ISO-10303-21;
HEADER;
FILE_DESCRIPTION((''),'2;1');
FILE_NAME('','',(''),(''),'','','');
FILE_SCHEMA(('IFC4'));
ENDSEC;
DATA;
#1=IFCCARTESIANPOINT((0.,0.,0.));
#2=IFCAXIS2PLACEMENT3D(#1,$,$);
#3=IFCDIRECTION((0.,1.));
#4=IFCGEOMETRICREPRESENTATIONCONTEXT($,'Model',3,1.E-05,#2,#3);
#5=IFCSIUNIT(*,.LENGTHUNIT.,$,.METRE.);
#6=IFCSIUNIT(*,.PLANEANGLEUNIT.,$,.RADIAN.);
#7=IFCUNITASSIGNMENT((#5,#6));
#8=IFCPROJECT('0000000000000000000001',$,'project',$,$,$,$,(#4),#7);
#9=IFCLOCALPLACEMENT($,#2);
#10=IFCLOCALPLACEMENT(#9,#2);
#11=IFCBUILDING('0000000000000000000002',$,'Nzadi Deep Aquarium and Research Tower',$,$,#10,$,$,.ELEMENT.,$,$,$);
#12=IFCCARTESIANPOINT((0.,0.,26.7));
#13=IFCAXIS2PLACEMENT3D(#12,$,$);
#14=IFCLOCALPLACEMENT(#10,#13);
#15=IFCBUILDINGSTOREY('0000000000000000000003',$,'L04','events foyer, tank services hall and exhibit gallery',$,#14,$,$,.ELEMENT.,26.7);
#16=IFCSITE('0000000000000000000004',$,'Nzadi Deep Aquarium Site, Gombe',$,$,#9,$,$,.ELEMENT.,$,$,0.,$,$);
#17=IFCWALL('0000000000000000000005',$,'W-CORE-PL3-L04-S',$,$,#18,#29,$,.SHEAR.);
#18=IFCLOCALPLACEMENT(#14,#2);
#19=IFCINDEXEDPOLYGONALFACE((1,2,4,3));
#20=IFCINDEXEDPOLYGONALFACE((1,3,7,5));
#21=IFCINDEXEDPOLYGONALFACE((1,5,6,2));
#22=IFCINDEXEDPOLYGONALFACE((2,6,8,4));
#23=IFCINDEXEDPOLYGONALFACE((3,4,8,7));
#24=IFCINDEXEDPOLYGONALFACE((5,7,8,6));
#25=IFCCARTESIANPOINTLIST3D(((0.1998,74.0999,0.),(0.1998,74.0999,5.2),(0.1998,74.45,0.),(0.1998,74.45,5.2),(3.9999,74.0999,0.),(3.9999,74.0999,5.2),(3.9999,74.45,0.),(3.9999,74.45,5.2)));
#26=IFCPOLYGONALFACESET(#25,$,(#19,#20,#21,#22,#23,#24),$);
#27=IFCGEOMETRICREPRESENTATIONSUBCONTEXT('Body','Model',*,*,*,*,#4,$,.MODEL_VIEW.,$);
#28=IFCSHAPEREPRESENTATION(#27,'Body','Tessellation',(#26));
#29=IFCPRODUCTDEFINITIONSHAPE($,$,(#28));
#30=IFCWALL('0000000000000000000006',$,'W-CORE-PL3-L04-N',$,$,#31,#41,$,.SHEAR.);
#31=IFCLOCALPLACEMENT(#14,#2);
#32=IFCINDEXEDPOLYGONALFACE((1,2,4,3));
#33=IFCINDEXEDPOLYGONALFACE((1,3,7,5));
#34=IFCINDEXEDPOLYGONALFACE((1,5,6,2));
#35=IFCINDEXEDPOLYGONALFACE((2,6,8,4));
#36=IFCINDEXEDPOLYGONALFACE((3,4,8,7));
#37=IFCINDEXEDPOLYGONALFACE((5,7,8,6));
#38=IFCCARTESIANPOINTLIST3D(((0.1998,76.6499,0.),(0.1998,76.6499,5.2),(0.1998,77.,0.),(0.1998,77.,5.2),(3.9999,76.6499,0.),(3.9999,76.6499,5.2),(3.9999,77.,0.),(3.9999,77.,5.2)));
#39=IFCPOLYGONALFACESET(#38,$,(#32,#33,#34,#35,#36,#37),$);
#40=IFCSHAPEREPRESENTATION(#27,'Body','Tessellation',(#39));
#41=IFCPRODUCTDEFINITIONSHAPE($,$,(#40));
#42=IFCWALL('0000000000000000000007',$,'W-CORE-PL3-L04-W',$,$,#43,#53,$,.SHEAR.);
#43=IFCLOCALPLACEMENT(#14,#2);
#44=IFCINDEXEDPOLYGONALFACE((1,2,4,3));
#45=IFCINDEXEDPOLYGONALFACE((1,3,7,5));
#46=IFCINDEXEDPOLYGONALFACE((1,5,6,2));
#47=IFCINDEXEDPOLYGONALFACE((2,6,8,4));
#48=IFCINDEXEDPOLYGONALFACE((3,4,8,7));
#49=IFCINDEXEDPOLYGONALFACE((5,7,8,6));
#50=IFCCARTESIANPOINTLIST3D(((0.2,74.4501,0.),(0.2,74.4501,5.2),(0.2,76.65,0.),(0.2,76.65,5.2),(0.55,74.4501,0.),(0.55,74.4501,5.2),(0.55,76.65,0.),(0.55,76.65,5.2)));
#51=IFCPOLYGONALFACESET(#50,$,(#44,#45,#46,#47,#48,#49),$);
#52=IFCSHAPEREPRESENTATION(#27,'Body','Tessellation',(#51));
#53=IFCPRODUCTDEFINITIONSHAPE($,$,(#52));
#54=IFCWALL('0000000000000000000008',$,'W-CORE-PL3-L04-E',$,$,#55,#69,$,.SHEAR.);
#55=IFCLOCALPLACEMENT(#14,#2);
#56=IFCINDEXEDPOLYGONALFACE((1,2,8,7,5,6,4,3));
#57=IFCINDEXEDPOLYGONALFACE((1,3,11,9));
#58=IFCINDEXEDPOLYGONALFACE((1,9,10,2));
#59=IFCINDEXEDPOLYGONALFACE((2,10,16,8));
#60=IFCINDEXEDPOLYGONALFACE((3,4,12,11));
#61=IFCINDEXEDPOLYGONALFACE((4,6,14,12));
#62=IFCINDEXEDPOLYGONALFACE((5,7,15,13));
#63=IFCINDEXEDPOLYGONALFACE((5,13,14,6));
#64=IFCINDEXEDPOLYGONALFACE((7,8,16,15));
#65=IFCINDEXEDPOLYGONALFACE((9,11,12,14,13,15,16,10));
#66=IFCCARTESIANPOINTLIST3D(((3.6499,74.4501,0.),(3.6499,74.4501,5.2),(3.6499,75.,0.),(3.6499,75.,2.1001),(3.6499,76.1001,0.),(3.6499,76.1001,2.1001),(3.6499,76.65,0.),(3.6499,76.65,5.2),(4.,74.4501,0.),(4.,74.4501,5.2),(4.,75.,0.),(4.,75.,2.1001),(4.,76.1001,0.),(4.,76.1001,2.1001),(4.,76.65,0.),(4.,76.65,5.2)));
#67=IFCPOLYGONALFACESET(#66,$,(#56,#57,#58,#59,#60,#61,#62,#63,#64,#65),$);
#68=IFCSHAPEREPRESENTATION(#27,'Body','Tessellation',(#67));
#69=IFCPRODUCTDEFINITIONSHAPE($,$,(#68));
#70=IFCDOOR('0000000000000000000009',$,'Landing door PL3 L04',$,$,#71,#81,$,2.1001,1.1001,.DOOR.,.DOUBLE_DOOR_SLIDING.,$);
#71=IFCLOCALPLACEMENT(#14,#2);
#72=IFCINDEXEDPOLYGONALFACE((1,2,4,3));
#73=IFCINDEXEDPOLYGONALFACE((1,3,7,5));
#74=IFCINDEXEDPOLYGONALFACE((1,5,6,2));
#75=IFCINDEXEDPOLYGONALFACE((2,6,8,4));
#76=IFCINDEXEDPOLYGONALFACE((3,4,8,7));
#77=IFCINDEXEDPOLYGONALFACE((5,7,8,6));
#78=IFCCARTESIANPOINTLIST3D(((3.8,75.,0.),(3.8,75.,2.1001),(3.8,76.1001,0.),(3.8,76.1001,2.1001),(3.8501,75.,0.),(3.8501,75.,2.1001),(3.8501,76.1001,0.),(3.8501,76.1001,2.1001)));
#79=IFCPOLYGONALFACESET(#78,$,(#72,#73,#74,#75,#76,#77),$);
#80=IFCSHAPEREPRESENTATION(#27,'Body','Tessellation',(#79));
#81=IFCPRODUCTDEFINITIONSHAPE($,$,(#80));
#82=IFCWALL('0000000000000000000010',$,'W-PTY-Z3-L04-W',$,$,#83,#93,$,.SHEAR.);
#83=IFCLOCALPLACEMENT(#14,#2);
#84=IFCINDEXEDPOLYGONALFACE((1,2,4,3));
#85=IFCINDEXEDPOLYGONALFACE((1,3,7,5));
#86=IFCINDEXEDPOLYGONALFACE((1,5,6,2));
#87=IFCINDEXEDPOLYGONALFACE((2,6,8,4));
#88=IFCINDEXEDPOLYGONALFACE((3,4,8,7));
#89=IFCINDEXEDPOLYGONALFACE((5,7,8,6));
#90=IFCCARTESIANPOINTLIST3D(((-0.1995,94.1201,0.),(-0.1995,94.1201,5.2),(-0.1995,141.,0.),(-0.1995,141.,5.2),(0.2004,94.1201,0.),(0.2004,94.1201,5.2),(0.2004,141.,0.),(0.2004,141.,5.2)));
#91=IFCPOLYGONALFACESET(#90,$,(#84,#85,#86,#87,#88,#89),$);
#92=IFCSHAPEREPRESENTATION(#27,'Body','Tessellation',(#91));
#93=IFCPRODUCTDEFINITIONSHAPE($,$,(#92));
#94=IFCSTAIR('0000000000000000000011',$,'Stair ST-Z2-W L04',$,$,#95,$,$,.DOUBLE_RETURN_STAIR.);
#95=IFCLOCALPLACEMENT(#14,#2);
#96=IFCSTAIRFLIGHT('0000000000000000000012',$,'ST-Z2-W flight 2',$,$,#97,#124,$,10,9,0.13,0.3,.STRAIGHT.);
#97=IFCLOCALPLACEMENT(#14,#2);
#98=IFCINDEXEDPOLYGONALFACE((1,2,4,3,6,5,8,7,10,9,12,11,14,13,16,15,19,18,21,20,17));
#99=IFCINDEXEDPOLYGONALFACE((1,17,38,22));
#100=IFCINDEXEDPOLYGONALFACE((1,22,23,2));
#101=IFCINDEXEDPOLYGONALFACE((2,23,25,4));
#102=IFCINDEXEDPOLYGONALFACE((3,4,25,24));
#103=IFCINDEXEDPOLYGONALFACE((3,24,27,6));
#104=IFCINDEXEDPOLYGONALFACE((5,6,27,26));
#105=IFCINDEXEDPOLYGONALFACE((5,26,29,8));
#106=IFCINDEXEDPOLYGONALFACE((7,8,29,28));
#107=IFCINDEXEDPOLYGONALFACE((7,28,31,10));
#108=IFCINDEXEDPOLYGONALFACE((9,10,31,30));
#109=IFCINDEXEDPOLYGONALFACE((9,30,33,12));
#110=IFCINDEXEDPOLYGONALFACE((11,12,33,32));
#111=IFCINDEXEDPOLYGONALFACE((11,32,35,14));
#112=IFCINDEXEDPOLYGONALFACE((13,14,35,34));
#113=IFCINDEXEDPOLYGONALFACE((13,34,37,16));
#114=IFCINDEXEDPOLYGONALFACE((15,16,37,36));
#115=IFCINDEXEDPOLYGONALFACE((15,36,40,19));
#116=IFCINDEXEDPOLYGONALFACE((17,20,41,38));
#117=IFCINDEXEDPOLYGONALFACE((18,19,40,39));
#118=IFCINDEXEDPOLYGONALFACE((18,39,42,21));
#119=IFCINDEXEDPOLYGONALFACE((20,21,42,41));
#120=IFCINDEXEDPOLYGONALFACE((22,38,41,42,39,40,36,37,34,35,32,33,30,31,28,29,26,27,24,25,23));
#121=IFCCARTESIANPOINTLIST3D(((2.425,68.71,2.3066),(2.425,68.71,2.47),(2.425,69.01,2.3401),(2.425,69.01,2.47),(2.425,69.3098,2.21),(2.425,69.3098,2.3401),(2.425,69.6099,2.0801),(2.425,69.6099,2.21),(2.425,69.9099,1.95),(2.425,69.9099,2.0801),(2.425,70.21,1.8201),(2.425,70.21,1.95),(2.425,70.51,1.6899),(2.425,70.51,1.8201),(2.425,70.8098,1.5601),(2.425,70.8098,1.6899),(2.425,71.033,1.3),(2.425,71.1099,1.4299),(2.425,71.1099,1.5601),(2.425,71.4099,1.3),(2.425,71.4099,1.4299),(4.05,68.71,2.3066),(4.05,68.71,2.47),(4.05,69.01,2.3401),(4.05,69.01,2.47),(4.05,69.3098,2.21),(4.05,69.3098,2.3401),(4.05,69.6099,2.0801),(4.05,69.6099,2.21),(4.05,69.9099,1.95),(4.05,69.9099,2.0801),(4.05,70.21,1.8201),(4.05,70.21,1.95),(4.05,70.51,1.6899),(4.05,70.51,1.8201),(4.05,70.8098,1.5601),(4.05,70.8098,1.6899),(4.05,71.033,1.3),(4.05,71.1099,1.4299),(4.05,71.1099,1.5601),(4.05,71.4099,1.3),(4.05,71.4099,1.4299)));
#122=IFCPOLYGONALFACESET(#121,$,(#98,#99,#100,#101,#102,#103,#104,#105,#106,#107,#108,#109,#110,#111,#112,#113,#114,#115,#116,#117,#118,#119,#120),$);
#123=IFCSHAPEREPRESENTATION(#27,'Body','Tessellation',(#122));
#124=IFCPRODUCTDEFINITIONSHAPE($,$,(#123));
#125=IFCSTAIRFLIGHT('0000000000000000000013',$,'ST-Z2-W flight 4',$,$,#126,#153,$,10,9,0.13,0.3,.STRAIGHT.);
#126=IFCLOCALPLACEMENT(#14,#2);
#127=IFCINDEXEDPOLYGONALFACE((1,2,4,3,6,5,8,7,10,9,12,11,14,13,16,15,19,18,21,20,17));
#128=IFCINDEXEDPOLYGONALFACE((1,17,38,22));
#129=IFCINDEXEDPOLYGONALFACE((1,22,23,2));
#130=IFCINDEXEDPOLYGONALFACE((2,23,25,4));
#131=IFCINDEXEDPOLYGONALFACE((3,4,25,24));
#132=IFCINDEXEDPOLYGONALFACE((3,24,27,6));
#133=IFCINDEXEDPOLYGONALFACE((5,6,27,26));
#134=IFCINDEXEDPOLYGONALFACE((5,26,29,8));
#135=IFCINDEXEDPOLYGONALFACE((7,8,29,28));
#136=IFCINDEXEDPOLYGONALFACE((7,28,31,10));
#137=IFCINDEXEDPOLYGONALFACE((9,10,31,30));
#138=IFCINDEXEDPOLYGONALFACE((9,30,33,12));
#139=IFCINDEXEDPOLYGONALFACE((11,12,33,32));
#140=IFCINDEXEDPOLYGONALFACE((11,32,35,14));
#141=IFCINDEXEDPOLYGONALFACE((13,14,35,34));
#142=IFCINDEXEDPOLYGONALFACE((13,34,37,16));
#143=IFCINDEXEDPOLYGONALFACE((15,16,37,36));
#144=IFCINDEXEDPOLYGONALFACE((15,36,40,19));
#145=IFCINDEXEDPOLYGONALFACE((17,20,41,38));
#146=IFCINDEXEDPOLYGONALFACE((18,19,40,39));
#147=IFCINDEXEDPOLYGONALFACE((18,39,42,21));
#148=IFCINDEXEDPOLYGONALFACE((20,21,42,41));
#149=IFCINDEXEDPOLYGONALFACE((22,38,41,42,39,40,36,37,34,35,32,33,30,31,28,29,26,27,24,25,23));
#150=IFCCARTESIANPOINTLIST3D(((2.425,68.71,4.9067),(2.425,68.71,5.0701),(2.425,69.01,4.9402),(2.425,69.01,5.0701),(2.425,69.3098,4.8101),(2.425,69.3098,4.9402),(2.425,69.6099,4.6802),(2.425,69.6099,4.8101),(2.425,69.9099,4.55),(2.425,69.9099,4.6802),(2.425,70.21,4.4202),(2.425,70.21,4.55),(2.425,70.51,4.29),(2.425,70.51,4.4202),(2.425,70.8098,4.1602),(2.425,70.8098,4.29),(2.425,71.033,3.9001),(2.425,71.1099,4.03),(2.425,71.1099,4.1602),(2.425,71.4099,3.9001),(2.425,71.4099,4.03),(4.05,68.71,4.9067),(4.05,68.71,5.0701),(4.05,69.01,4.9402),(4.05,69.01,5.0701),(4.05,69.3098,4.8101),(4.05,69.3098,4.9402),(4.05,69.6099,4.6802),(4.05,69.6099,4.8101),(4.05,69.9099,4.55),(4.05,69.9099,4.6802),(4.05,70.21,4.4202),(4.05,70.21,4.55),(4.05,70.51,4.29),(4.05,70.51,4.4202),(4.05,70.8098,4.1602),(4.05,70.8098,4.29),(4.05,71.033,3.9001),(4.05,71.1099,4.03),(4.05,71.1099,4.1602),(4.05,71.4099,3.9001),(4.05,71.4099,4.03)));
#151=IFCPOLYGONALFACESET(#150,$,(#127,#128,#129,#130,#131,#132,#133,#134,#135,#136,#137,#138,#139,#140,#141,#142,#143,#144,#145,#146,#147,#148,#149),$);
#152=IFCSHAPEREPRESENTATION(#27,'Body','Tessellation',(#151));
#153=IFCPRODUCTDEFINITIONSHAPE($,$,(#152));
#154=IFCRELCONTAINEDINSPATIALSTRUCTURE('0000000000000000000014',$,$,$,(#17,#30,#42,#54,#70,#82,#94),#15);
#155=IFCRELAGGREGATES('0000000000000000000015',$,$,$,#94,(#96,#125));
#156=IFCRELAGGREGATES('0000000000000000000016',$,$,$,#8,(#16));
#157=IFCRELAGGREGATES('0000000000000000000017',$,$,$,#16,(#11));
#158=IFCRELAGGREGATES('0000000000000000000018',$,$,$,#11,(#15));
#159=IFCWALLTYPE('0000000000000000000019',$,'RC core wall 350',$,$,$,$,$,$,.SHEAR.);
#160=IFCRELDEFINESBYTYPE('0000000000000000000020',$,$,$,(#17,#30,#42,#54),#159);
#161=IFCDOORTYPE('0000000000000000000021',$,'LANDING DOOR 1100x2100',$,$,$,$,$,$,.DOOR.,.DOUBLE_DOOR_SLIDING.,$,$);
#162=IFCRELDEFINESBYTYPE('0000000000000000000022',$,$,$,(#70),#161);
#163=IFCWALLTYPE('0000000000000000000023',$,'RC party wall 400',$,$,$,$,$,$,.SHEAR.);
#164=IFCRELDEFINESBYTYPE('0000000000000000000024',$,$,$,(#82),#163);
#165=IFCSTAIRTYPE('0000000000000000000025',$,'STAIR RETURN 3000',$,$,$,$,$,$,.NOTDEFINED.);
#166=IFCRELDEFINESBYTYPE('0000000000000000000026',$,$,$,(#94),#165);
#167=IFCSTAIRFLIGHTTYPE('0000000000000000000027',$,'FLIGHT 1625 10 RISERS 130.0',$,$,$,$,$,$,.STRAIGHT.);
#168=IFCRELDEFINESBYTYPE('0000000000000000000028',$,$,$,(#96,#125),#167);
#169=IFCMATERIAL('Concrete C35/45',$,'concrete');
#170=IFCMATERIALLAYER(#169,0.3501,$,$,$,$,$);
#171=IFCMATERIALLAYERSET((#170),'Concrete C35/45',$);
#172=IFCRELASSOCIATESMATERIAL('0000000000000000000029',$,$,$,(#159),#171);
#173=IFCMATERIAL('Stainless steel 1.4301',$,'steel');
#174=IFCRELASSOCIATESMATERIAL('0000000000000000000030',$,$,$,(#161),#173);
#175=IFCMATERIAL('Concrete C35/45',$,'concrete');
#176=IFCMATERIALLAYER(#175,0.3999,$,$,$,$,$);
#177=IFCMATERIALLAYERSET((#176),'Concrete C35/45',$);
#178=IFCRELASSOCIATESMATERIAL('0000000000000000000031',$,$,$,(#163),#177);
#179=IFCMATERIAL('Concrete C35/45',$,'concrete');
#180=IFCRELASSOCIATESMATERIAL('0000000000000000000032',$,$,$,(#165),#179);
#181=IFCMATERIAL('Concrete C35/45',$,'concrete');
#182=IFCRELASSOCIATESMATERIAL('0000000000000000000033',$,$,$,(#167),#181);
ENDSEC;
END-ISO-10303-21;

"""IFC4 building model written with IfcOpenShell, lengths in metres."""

from ifc_helpers import new_model, si_unit, direction, frame, frame_2d, origin, place, context, subcontext, project, spatial, polyline, rectangle, outline, extrude, material, layer, layer_set, type_object, element, fill, aggregate, save


model = new_model("IFC4")

# Units and contexts
model_context = context("Model", 3, precision=1e-05, world=origin(), true_north=direction((0.0, 1.0)))
body_context = subcontext(model_context, "Body", "Model", "MODEL_VIEW")
ifc_project = project(units=[si_unit("LENGTHUNIT", "METRE"), si_unit("PLANEANGLEUNIT", "RADIAN")], contexts=[model_context])

# Site, building, storey
site_placement = place(None, origin())
site = spatial("IfcSite", under=ifc_project, at=site_placement, Name="Nzadi Deep Aquarium Site, Gombe", CompositionType="ELEMENT", RefElevation=0.0)
building_placement = place(site_placement, origin())
building = spatial("IfcBuilding", under=site, at=building_placement, Name="Nzadi Deep Aquarium and Research Tower", CompositionType="ELEMENT")
storey_placement = place(building_placement, frame((0.0, 0.0, 26.7)))
storey = spatial("IfcBuildingStorey", under=building, at=storey_placement, Name="L04", Description="events foyer, tank services hall and exhibit gallery", CompositionType="ELEMENT", Elevation=26.7)

# Walls
ifc_material_1 = material(Name="Concrete C35/45", Category="concrete")
ifc_layer_1 = layer(ifc_material_1, 0.3501)
ifc_layer_set_1 = layer_set([ifc_layer_1], Name="Concrete C35/45")
wall_type_1 = type_object("IfcWallType", Name="RC core wall 350", PredefinedType="SHEAR", material=ifc_layer_set_1)
for number, where, z_axis, x_axis, name in (
    (1, (0.2, 74.2749, 0.0), (0.0, 0.0, 1.0), (1.0, 0.0, 0.0), "W-CORE-PL3-L04-S"),
    (2, (0.2, 76.825, 0.0), (0.0, 0.0, 1.0), (1.0, 0.0, 0.0), "W-CORE-PL3-L04-N"),
):
    element("IfcWall", number, at=place(storey_placement, frame(where, z_axis=z_axis, x_axis=x_axis)), inside=storey, type_object=wall_type_1, Name=name, PredefinedType="SHEAR", context=body_context, shape_type="SweptSolid", body=[
        extrude(rectangle(XDim=3.8, YDim=0.3501, at=frame_2d((1.8999, 0.0))), origin(), (0.0, 0.0, 1.0), 5.2),
    ])
wall_1_placement = place(storey_placement, frame((0.375, 74.45, 0.0), z_axis=(0.0, 0.0, 1.0), x_axis=(0.0, 1.0, 0.0)))
element("IfcWall", 3, at=wall_1_placement, inside=storey, type_object=wall_type_1, Name="W-CORE-PL3-L04-W", PredefinedType="SHEAR", context=body_context, shape_type="SweptSolid", body=[
    extrude(rectangle(XDim=2.2, YDim=0.3501, at=frame_2d((1.1001, 0.0))), origin(), (0.0, 0.0, 1.0), 5.2),
])

# Wall, opening, door
wall_2_placement = place(storey_placement, frame((3.825, 74.45, 0.0), z_axis=(0.0, 0.0, 1.0), x_axis=(0.0, 1.0, 0.0)))
wall_2 = element("IfcWall", 4, at=wall_2_placement, inside=storey, type_object=wall_type_1, Name="W-CORE-PL3-L04-E", PredefinedType="SHEAR", context=body_context, shape_type="SweptSolid", body=[
    extrude(rectangle(XDim=2.2, YDim=0.3501, at=frame_2d((1.1001, 0.0))), origin(), (0.0, 0.0, 1.0), 5.2),
])
opening_1_placement = place(wall_2_placement, frame((0.55, 0.0, 0.0)))
opening_1 = element("IfcOpeningElement", 5, at=opening_1_placement, cuts=wall_2, PredefinedType="OPENING", context=body_context, shape_type="SweptSolid", body=[
    extrude(rectangle(XDim=1.1001, YDim=2.1001, at=frame_2d((0.55, 1.05))), frame((0.0, 0.1851, 0.0), z_axis=(0.0, -1.0, 0.0), x_axis=(1.0, 0.0, 0.0)), (0.0, 0.0, 1.0), 0.3701),
])
ifc_material_2 = material(Name="Stainless steel 1.4301", Category="steel")
door_type_1 = type_object("IfcDoorType", Name="LANDING DOOR 1100x2100", OperationType="DOUBLE_DOOR_SLIDING", PredefinedType="DOOR", material=ifc_material_2)
door_1_placement = place(opening_1_placement, origin())
door_1 = element("IfcDoor", 6, at=door_1_placement, inside=storey, type_object=door_type_1, Name="Landing door PL3 L04", OperationType="DOUBLE_DOOR_SLIDING", OverallHeight=2.1001, OverallWidth=1.1001, PredefinedType="DOOR", context=body_context, shape_type="SweptSolid", body=[
    extrude(rectangle(XDim=1.1001, YDim=2.1001, at=frame_2d((0.55, 1.05))), frame((0.0, 0.0249, 0.0), z_axis=(0.0, -1.0, 0.0), x_axis=(1.0, 0.0, 0.0)), (0.0, 0.0, 1.0), 0.05),
])
fill(opening_1, door_1)

# Wall
ifc_material_3 = material(Name="Concrete C35/45", Category="concrete")
ifc_layer_2 = layer(ifc_material_3, 0.3999)
ifc_layer_set_2 = layer_set([ifc_layer_2], Name="Concrete C35/45")
wall_type_2 = type_object("IfcWallType", Name="RC party wall 400", PredefinedType="SHEAR", material=ifc_layer_set_2)
wall_3_placement = place(storey_placement, frame((0.0005, 94.1201, 0.0), z_axis=(0.0, 0.0, 1.0), x_axis=(0.0, 1.0, 0.0)))
element("IfcWall", 7, at=wall_3_placement, inside=storey, type_object=wall_type_2, Name="W-PTY-Z3-L04-W", PredefinedType="SHEAR", context=body_context, shape_type="SweptSolid", body=[
    extrude(rectangle(XDim=46.8799, YDim=0.3999, at=frame_2d((23.4399, 0.0))), origin(), (0.0, 0.0, 1.0), 5.2),
])

# Stair, stair flights
ifc_material_4 = material(Name="Concrete C35/45", Category="concrete")
stair_type = type_object("IfcStairType", Name="STAIR RETURN 3000", PredefinedType="NOTDEFINED", material=ifc_material_4)
stair_placement = place(storey_placement, origin())
stair = element("IfcStair", 8, at=stair_placement, inside=storey, type_object=stair_type, Name="Stair ST-Z2-W L04", PredefinedType="DOUBLE_RETURN_STAIR")
ifc_material_5 = material(Name="Concrete C35/45", Category="concrete")
stair_flight_type = type_object("IfcStairFlightType", Name="FLIGHT 1625 10 RISERS 130.0", PredefinedType="STRAIGHT", material=ifc_material_5)
stair_flight_1_placement = place(storey_placement, frame((3.2375, 71.4099, 1.3), z_axis=(0.0, 0.0, 1.0), x_axis=(0.0, -1.0, 0.0)))
stair_flight_1 = element("IfcStairFlight", 9, at=stair_flight_1_placement, type_object=stair_flight_type, Name="ST-Z2-W flight 2", NumberOfRisers=10, NumberOfTreads=9, PredefinedType="STRAIGHT", RiserHeight=0.13, TreadLength=0.3, context=body_context, shape_type="SweptSolid", body=[
    extrude(outline(polyline([(0.0, 0.0), (0.0, 0.1299), (0.3, 0.1299), (0.3, 0.26), (0.6001, 0.26), (0.6001, 0.3899), (0.8999, 0.3899), (0.8999, 0.52), (1.2, 0.52), (1.2, 0.6499), (1.5, 0.6499), (1.5, 0.78), (1.8, 0.78), (1.8, 0.9099), (2.1001, 0.9099), (2.1001, 1.04), (2.3999, 1.04), (2.3999, 1.1699), (2.7, 1.1699), (2.7, 1.3), (2.7, 1.0066), (0.377, 0.0), (0.0, 0.0)])), frame((0.0, 0.8125, 0.0), z_axis=(0.0, -1.0, 0.0), x_axis=(1.0, 0.0, 0.0)), (0.0, 0.0, 1.0), 1.625),
])
stair_flight_2_placement = place(storey_placement, frame((3.2375, 71.4099, 3.9001), z_axis=(0.0, 0.0, 1.0), x_axis=(0.0, -1.0, 0.0)))
stair_flight_2 = element("IfcStairFlight", 10, at=stair_flight_2_placement, type_object=stair_flight_type, Name="ST-Z2-W flight 4", NumberOfRisers=10, NumberOfTreads=9, PredefinedType="STRAIGHT", RiserHeight=0.13, TreadLength=0.3, context=body_context, shape_type="SweptSolid", body=[
    extrude(outline(polyline([(0.0, 0.0), (0.0, 0.1299), (0.3, 0.1299), (0.3, 0.26), (0.6001, 0.26), (0.6001, 0.3899), (0.8999, 0.3899), (0.8999, 0.52), (1.2, 0.52), (1.2, 0.6499), (1.5, 0.6499), (1.5, 0.78), (1.8, 0.78), (1.8, 0.9099), (2.1001, 0.9099), (2.1001, 1.04), (2.3999, 1.04), (2.3999, 1.1699), (2.7, 1.1699), (2.7, 1.3), (2.7, 1.0066), (0.377, 0.0), (0.0, 0.0)])), frame((0.0, 0.8125, 0.0), z_axis=(0.0, -1.0, 0.0), x_axis=(1.0, 0.0, 0.0)), (0.0, 0.0, 1.0), 1.625),
])
aggregate(stair, [stair_flight_1, stair_flight_2])

save(model, "model.ifc")
